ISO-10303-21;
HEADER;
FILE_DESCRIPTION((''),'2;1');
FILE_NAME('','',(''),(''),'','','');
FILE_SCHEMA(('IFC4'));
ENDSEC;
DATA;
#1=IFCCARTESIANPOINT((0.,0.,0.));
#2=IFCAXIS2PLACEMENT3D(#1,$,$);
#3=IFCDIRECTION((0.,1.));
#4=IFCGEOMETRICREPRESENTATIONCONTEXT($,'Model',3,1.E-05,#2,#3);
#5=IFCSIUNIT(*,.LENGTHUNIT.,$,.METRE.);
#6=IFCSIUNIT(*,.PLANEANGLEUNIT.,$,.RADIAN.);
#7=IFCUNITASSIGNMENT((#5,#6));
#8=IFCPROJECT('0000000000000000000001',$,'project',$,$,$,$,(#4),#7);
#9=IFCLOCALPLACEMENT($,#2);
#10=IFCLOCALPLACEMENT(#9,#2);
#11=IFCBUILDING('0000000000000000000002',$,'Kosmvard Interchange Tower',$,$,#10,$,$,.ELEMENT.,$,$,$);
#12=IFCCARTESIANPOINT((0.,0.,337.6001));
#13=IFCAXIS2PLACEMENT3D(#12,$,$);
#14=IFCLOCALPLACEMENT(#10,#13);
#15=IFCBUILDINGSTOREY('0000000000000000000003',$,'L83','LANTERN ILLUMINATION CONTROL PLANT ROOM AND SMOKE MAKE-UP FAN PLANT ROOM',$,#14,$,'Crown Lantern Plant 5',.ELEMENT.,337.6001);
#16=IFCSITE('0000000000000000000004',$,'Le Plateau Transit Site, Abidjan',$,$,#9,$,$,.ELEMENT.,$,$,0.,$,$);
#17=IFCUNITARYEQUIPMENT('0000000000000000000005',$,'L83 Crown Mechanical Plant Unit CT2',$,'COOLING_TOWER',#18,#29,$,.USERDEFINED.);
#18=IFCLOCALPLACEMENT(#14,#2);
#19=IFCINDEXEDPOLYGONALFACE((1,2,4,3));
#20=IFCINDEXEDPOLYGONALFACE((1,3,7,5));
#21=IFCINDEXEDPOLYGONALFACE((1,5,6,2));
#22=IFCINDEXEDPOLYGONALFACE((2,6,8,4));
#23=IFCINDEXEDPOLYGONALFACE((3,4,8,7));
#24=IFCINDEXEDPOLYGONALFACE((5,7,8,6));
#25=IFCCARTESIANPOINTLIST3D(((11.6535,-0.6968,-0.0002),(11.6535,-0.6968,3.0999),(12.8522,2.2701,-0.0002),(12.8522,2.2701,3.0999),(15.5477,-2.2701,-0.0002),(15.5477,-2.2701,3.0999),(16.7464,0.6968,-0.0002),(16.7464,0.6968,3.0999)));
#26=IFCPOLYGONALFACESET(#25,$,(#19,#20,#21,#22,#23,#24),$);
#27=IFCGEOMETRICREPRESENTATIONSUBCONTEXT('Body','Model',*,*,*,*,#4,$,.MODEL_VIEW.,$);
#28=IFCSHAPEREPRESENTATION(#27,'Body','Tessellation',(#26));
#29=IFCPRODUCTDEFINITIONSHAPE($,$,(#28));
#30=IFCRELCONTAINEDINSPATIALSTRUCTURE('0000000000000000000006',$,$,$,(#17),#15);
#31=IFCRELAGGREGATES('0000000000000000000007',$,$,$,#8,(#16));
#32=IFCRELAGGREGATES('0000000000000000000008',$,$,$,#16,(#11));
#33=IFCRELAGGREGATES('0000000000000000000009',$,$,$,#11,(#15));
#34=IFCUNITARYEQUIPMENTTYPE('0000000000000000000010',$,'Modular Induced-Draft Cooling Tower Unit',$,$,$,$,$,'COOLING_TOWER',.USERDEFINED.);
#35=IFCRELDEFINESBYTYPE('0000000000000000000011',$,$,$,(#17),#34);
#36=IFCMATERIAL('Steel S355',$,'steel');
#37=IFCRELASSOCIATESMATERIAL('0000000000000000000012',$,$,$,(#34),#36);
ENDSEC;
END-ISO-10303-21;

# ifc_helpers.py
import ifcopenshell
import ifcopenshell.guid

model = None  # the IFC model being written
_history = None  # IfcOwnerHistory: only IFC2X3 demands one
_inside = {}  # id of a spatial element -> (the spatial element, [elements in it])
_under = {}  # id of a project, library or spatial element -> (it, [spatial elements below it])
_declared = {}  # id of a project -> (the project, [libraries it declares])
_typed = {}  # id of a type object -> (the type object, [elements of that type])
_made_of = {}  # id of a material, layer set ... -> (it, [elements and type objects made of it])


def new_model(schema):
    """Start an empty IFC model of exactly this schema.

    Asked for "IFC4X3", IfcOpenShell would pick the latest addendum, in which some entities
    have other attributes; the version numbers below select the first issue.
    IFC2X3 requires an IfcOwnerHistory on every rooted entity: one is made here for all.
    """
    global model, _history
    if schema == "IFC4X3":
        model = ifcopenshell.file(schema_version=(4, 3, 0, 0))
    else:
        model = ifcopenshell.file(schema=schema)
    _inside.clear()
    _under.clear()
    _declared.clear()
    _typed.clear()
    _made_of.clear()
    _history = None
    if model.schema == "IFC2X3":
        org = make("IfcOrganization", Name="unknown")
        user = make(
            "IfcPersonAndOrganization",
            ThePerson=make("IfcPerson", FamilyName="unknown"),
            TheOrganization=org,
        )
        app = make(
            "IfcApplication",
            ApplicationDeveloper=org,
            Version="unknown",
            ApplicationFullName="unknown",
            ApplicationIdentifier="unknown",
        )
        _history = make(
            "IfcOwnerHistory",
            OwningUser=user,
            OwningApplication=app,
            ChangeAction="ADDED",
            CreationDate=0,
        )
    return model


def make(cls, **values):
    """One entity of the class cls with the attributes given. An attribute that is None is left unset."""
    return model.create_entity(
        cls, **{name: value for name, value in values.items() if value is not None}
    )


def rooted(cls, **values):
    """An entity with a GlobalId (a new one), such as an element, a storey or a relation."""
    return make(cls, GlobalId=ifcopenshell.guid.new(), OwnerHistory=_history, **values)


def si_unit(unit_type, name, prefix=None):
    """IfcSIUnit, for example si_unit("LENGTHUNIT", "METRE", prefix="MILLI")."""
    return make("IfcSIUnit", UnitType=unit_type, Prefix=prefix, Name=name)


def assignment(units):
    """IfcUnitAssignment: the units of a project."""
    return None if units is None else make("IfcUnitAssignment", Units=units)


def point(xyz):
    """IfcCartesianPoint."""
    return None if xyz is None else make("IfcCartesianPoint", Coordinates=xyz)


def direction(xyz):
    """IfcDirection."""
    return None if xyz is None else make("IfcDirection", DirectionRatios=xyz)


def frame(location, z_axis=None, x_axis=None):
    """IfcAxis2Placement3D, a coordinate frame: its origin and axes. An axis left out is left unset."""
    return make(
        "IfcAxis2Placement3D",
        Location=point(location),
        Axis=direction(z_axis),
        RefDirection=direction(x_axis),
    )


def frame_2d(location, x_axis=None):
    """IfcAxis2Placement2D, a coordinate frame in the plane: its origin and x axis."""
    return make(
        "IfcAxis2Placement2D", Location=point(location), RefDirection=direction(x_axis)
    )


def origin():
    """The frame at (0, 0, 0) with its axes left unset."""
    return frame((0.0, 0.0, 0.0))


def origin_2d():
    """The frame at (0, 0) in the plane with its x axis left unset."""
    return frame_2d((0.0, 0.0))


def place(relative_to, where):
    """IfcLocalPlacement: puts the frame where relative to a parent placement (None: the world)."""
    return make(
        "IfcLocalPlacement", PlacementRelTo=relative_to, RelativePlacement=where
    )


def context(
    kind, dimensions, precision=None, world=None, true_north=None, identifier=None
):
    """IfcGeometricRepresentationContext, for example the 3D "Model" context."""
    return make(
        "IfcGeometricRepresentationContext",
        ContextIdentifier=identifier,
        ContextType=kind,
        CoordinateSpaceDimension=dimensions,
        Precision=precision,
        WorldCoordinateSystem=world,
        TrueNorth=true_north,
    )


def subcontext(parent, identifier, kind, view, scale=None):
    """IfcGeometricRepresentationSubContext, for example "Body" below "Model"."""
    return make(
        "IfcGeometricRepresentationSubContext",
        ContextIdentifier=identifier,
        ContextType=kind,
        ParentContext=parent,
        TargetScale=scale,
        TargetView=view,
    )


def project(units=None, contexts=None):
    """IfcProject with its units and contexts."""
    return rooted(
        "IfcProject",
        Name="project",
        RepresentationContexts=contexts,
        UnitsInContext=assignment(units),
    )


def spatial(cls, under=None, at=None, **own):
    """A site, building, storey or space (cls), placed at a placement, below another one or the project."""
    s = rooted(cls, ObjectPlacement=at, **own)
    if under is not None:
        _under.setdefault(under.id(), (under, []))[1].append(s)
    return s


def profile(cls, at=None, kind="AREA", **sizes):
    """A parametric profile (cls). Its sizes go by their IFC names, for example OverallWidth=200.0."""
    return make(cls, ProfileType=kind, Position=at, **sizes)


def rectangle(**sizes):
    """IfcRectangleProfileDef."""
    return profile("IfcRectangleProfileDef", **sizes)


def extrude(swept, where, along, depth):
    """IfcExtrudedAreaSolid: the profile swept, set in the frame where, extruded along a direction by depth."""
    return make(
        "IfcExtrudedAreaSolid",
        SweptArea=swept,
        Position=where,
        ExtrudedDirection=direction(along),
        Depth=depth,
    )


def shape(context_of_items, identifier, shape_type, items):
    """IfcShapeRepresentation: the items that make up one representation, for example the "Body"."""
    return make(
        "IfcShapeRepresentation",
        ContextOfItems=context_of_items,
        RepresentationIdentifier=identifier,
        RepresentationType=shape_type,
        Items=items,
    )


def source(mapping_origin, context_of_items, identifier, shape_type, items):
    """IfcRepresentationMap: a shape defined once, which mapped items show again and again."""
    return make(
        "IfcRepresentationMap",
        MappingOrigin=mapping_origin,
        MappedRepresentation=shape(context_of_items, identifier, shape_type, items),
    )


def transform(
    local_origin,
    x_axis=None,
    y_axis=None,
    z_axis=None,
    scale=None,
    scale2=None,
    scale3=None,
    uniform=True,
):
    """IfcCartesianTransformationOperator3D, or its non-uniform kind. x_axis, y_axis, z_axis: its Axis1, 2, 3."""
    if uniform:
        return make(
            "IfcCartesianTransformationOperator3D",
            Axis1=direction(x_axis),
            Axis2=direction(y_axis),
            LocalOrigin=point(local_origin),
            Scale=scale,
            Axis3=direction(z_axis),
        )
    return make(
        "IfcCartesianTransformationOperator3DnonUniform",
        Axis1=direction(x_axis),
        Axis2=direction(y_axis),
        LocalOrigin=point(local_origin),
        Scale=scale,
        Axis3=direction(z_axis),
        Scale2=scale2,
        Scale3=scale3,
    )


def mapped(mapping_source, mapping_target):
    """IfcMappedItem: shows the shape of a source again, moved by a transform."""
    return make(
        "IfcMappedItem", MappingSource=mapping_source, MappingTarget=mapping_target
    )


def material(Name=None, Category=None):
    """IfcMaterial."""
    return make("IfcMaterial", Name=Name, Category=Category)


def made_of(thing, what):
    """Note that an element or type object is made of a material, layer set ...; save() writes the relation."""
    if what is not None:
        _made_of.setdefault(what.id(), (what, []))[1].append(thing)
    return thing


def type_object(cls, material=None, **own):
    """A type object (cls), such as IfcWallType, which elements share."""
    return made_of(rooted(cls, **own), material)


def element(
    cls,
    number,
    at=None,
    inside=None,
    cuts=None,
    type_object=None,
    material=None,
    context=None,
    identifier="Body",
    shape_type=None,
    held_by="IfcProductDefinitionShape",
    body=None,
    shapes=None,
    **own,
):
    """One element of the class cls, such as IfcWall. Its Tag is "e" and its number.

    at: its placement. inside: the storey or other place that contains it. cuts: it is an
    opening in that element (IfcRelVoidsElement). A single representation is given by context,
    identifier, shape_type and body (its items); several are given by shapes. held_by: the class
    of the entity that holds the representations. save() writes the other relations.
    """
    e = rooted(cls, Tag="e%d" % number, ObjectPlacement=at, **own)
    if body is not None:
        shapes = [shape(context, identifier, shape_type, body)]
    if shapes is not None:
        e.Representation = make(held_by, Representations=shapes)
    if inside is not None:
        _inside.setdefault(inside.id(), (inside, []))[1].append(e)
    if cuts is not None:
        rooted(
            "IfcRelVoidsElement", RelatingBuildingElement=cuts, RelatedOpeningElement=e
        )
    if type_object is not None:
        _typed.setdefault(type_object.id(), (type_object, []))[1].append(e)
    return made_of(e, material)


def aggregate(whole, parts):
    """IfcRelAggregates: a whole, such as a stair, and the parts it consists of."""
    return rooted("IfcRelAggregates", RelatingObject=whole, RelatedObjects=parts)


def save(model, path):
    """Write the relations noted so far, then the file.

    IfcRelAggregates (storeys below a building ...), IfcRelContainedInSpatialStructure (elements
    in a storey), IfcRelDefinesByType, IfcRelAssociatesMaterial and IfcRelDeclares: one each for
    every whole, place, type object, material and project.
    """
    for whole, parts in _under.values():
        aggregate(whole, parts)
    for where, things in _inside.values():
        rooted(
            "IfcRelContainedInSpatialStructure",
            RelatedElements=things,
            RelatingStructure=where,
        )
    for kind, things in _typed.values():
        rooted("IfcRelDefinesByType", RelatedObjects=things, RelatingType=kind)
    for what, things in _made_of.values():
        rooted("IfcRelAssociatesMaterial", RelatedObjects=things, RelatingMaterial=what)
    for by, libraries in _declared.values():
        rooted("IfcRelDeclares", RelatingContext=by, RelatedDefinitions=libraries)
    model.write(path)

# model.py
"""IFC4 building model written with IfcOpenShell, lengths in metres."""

from ifc_helpers import new_model, si_unit, direction, frame, origin, origin_2d, place, context, subcontext, project, spatial, rectangle, extrude, source, transform, mapped, material, type_object, element, save


model = new_model("IFC4")

# Units and contexts
model_context = context("Model", 3, precision=1e-05, world=origin(), true_north=direction((0.0, 1.0)))
body_context = subcontext(model_context, "Body", "Model", "MODEL_VIEW")
ifc_project = project(units=[si_unit("LENGTHUNIT", "METRE"), si_unit("PLANEANGLEUNIT", "RADIAN")], contexts=[model_context])

# Site, building, storey
site_placement = place(None, origin())
site = spatial("IfcSite", under=ifc_project, at=site_placement, Name="Le Plateau Transit Site, Abidjan", CompositionType="ELEMENT", RefElevation=0.0)
building_placement = place(site_placement, origin())
building = spatial("IfcBuilding", under=site, at=building_placement, Name="Kosmvard Interchange Tower", CompositionType="ELEMENT")
storey_placement = place(building_placement, frame((0.0, 0.0, 337.6001)))
storey = spatial("IfcBuildingStorey", under=building, at=storey_placement, Name="L83", Description="LANTERN ILLUMINATION CONTROL PLANT ROOM AND SMOKE MAKE-UP FAN PLANT ROOM", LongName="Crown Lantern Plant 5", CompositionType="ELEMENT", Elevation=337.6001)

# Shared definitions
ifc_material_1 = material(Name="Steel S355", Category="steel")

# Unitary equipment
unitary_equipment_type = type_object("IfcUnitaryEquipmentType", Name="Modular Induced-Draft Cooling Tower Unit", ElementType="COOLING_TOWER", PredefinedType="USERDEFINED", material=ifc_material_1)
shared_shape_1 = source(origin(), body_context, "Body", "SweptSolid", [
    extrude(rectangle(XDim=3.2, YDim=4.2, at=origin_2d()), origin(), (0.0, 0.0, 1.0), 3.1001),
])
unitary_equipment_1_placement = place(storey_placement, frame((14.2, 0.0, -0.0002), z_axis=(0.0, 0.0, 1.0), x_axis=(0.374607, 0.927184, 0.0)))
element("IfcUnitaryEquipment", 1, at=unitary_equipment_1_placement, inside=storey, type_object=unitary_equipment_type, Name="L83 Crown Mechanical Plant Unit CT2", ObjectType="COOLING_TOWER", PredefinedType="USERDEFINED", context=body_context, shape_type="MappedRepresentation", body=[
    mapped(shared_shape_1, transform((0.0, 0.0, 0.0), scale=1.0)),
])

save(model, "model.ifc")
